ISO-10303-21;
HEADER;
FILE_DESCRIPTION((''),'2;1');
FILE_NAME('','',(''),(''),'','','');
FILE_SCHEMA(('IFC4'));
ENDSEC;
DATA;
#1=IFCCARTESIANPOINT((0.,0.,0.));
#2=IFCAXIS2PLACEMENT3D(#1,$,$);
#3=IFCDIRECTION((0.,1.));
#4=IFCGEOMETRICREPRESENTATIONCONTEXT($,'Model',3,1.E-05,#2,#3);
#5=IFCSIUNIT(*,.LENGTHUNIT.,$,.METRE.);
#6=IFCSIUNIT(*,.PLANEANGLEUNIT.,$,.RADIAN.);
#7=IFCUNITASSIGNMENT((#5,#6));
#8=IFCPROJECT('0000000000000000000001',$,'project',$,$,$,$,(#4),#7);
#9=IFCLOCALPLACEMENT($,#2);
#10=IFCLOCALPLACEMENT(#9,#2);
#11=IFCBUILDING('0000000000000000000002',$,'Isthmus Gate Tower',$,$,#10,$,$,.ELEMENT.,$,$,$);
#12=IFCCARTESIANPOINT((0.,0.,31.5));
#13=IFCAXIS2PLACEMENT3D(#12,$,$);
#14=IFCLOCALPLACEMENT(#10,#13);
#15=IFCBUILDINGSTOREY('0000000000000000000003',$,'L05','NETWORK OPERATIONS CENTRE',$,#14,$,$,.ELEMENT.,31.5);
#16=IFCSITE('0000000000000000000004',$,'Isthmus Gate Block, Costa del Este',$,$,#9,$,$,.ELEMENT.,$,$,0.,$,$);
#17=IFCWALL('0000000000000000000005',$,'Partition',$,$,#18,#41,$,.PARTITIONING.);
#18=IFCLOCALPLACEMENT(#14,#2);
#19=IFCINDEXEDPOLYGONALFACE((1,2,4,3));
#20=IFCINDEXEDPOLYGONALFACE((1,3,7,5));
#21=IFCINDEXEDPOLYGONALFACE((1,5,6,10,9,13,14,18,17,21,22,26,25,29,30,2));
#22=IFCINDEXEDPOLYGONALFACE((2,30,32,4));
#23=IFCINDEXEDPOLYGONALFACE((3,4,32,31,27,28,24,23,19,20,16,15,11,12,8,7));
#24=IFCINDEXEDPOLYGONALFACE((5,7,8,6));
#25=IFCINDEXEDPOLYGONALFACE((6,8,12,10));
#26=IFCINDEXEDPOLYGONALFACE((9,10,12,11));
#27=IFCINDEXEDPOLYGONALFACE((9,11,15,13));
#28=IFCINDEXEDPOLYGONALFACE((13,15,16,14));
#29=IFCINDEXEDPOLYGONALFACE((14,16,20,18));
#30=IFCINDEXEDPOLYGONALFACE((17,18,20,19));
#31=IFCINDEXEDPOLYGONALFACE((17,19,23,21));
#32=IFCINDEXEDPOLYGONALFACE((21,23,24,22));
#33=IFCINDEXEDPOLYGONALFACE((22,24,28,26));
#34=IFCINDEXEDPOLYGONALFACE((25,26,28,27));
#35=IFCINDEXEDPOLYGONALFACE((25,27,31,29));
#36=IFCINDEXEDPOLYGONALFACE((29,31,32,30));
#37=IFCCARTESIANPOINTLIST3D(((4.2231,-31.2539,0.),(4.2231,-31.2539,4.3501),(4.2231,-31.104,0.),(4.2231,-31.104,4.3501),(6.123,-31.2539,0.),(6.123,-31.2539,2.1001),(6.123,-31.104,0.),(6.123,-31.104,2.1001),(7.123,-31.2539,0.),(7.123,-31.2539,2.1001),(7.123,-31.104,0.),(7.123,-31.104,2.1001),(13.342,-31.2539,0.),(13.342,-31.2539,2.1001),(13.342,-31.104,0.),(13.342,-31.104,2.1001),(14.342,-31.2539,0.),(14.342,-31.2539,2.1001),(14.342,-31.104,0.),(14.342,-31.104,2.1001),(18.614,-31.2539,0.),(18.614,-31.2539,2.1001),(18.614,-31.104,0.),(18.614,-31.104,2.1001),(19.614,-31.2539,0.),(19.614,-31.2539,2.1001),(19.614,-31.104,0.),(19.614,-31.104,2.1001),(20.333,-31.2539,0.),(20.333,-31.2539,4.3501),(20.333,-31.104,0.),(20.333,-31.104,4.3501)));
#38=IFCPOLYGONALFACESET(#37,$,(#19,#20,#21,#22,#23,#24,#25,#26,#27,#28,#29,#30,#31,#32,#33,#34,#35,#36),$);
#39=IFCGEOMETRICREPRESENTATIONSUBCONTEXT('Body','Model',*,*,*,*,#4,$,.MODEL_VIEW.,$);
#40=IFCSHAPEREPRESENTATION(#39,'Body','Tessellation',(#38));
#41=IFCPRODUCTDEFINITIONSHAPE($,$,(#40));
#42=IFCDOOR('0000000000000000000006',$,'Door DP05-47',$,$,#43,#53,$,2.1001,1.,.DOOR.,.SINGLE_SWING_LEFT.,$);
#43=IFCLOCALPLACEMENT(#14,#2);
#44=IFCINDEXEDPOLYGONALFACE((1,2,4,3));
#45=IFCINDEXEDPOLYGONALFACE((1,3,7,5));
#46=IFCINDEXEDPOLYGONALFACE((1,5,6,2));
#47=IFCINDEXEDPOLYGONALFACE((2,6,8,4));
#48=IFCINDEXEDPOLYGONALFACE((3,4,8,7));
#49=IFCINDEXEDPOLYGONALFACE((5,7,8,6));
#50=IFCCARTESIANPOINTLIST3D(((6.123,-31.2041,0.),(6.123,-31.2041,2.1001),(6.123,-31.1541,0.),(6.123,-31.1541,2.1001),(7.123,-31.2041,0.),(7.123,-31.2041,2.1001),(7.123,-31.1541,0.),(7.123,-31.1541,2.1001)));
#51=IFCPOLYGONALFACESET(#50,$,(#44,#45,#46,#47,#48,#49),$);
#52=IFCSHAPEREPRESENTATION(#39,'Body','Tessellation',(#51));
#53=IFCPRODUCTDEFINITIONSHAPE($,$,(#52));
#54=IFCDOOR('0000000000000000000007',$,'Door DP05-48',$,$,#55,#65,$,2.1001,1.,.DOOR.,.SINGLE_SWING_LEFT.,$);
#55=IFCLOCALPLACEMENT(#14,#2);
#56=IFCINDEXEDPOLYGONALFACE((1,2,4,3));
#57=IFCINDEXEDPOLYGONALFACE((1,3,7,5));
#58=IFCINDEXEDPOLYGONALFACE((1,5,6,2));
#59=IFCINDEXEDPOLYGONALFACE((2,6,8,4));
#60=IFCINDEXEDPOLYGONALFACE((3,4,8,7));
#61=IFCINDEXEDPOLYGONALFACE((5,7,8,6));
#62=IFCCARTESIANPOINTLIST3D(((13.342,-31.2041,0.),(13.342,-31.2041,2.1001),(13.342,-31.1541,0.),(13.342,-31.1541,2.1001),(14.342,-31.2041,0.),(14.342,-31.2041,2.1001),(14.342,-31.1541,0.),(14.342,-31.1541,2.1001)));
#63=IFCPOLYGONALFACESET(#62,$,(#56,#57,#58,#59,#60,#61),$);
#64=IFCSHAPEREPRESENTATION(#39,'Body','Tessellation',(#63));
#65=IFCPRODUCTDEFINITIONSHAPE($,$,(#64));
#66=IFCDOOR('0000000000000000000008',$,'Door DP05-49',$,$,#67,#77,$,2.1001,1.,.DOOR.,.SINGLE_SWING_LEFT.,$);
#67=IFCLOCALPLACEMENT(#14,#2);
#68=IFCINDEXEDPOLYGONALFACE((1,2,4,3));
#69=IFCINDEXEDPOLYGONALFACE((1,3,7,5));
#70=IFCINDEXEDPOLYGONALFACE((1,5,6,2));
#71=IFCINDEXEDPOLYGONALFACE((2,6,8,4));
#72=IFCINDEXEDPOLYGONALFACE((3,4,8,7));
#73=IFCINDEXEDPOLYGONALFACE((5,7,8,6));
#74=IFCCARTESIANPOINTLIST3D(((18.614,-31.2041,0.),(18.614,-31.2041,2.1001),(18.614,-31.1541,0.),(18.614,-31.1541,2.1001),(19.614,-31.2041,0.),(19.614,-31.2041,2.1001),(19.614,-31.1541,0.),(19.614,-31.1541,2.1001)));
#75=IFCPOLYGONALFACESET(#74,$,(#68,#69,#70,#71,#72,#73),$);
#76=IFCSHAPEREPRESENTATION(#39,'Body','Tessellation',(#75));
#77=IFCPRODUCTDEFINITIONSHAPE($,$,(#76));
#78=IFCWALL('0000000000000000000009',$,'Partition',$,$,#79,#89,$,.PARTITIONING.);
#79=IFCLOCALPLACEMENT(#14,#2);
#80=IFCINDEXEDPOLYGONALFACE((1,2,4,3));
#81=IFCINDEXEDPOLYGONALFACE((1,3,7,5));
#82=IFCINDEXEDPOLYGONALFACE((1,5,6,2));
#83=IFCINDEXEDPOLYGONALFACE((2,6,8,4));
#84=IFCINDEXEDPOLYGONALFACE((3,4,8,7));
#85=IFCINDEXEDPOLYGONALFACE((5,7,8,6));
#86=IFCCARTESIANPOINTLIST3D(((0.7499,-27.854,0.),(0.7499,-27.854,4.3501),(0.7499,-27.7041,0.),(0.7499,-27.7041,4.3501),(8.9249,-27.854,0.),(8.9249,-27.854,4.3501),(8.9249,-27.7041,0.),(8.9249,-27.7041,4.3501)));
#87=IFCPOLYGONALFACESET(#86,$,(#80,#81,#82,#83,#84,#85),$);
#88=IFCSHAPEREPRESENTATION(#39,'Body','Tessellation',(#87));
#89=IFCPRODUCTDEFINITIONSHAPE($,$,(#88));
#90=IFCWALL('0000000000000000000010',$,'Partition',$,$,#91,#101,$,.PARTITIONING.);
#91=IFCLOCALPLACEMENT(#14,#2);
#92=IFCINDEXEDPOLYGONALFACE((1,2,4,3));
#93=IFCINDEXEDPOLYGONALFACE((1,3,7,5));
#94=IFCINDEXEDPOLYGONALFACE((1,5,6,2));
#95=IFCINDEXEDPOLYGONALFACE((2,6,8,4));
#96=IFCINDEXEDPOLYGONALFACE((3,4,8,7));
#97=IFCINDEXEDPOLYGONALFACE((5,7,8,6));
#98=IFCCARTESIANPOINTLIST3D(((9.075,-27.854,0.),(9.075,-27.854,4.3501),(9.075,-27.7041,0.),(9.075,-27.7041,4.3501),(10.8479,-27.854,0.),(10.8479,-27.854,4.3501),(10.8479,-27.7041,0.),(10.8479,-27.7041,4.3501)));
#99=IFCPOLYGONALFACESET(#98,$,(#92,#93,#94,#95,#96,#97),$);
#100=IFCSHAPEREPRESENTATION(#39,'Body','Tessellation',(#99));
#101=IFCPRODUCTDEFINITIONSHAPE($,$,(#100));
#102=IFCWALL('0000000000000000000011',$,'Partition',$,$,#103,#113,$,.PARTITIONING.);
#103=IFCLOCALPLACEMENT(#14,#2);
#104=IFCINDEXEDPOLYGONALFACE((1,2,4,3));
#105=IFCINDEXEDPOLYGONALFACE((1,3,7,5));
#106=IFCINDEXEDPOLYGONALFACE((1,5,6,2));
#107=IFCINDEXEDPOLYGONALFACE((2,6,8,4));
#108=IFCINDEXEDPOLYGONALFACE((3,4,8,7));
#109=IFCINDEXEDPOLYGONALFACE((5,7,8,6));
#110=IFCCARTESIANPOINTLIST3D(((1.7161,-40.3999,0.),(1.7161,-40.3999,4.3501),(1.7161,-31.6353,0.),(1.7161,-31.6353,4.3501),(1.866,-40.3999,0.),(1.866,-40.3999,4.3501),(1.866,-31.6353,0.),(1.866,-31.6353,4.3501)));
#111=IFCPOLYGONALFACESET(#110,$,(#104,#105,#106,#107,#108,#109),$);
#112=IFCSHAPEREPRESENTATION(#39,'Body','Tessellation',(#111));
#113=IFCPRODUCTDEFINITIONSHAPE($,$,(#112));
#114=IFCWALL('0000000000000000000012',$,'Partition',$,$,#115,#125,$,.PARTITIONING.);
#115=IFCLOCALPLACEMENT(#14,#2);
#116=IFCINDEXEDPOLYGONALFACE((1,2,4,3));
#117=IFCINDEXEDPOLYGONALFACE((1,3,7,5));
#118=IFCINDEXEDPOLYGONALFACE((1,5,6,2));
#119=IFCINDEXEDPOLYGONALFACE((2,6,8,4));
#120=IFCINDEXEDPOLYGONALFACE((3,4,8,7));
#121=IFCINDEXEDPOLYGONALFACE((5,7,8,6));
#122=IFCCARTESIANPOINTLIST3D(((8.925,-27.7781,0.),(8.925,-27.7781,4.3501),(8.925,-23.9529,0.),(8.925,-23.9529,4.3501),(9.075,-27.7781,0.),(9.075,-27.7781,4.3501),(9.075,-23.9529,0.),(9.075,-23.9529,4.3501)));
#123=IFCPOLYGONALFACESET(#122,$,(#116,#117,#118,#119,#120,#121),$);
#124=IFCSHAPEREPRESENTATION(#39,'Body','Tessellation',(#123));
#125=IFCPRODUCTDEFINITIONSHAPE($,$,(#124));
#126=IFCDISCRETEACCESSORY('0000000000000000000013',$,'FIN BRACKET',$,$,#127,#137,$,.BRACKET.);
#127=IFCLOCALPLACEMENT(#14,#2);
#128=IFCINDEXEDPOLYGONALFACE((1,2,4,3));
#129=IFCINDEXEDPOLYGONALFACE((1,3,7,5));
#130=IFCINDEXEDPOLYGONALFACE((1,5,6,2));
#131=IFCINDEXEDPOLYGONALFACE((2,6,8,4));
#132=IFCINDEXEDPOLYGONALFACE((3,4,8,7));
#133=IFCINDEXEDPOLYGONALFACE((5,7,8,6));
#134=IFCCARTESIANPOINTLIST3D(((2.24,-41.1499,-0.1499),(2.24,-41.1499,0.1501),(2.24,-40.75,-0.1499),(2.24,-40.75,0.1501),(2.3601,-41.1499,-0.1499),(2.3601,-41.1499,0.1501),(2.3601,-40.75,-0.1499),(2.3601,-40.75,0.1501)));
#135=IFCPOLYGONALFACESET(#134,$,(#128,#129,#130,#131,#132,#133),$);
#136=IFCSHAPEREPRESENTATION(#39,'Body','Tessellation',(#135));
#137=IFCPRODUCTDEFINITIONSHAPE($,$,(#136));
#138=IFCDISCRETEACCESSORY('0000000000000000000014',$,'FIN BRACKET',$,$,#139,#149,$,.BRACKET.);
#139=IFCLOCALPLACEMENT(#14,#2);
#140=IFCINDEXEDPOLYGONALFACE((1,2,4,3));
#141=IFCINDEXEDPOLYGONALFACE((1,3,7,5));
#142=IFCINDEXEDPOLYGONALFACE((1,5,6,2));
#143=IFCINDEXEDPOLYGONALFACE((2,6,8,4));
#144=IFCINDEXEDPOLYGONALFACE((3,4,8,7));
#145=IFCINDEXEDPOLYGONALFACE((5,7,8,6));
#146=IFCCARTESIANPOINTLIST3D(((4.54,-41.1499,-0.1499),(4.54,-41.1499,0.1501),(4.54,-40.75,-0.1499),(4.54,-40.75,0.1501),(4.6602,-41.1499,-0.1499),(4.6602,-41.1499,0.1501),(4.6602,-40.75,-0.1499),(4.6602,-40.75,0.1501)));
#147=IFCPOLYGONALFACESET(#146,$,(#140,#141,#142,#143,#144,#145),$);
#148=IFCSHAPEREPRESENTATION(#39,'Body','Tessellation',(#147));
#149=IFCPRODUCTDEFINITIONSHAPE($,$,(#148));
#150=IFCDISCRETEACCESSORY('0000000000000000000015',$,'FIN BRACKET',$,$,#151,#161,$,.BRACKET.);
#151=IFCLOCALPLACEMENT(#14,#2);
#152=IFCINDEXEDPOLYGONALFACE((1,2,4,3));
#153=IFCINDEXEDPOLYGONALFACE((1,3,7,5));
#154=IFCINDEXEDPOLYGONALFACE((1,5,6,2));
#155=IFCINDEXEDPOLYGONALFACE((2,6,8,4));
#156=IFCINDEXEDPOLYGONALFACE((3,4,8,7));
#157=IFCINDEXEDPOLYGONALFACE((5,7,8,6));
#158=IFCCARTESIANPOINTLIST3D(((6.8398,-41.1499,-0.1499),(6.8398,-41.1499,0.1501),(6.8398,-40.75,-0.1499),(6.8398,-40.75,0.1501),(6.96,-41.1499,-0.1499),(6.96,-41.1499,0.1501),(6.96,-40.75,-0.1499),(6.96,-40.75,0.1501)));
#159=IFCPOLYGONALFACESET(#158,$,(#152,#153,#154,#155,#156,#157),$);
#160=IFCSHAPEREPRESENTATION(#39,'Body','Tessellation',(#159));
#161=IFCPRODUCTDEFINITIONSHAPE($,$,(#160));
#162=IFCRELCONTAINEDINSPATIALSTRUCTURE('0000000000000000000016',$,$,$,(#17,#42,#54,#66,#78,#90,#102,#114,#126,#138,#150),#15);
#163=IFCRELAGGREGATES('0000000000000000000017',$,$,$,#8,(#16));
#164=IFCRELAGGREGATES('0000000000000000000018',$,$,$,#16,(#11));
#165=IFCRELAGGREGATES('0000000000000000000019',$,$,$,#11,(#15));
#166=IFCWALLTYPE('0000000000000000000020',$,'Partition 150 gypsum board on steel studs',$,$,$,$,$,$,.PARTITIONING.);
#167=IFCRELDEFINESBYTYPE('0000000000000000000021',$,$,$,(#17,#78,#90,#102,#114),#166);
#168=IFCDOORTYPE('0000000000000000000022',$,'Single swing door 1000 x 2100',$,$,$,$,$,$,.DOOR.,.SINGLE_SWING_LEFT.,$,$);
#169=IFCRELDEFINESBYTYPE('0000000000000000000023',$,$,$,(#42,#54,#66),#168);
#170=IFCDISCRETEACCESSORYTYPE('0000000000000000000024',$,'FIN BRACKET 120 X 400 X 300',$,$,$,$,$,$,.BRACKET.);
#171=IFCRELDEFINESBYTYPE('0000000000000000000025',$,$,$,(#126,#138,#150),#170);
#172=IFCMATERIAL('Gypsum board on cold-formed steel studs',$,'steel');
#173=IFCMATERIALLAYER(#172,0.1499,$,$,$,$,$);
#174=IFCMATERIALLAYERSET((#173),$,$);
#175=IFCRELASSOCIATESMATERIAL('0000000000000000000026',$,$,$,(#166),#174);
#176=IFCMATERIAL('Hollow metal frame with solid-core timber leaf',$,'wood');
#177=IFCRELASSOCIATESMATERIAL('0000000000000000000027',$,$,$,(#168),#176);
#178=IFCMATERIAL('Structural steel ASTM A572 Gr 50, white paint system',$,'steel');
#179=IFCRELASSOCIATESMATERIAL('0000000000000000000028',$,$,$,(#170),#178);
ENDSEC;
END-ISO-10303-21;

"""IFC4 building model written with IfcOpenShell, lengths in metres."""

from ifc_helpers import new_model, si_unit, direction, frame, frame_2d, origin, origin_2d, place, context, subcontext, project, spatial, rectangle, extrude, material, layer, layer_set, type_object, element, fill, save


model = new_model("IFC4")

# Units and contexts
model_context = context("Model", 3, precision=1e-05, world=origin(), true_north=direction((0.0, 1.0)))
body_context = subcontext(model_context, "Body", "Model", "MODEL_VIEW")
ifc_project = project(units=[si_unit("LENGTHUNIT", "METRE"), si_unit("PLANEANGLEUNIT", "RADIAN")], contexts=[model_context])

# Site, building, storey
site_placement = place(None, origin())
site = spatial("IfcSite", under=ifc_project, at=site_placement, Name="Isthmus Gate Block, Costa del Este", CompositionType="ELEMENT", RefElevation=0.0)
building_placement = place(site_placement, origin())
building = spatial("IfcBuilding", under=site, at=building_placement, Name="Isthmus Gate Tower", CompositionType="ELEMENT")
storey_placement = place(building_placement, frame((0.0, 0.0, 31.5)))
storey = spatial("IfcBuildingStorey", under=building, at=storey_placement, Name="L05", Description="NETWORK OPERATIONS CENTRE", CompositionType="ELEMENT", Elevation=31.5)

# Shared definitions
ifc_material_1 = material(Name="Gypsum board on cold-formed steel studs", Category="steel")
ifc_layer_1 = layer(ifc_material_1, 0.1499)
ifc_layer_set_1 = layer_set([ifc_layer_1])
wall_type_1 = type_object("IfcWallType", Name="Partition 150 gypsum board on steel studs", PredefinedType="PARTITIONING", material=ifc_layer_set_1)

# Wall, openings, doors
wall_1_placement = place(storey_placement, frame((4.2231, -31.179, 0.0), z_axis=(0.0, 0.0, 1.0), x_axis=(1.0, 0.0, 0.0)))
wall_1 = element("IfcWall", 1, at=wall_1_placement, inside=storey, type_object=wall_type_1, Name="Partition", PredefinedType="PARTITIONING", context=body_context, shape_type="SweptSolid", body=[
    extrude(rectangle(XDim=16.1099, YDim=0.1499, at=frame_2d((8.0549, 0.0))), origin(), (0.0, 0.0, 1.0), 4.3501),
])
opening_1_placement = place(wall_1_placement, frame((1.8999, 0.0, 0.0)))
opening_1 = element("IfcOpeningElement", 2, at=opening_1_placement, cuts=wall_1, PredefinedType="OPENING", context=body_context, shape_type="SweptSolid", body=[
    extrude(rectangle(XDim=1.0, YDim=2.1001, at=frame_2d((0.5, 1.05))), frame((0.0, 0.085, 0.0), z_axis=(0.0, -1.0, 0.0), x_axis=(1.0, 0.0, 0.0)), (0.0, 0.0, 1.0), 0.1699),
])
opening_2_placement = place(wall_1_placement, frame((9.1189, 0.0, 0.0)))
opening_2 = element("IfcOpeningElement", 3, at=opening_2_placement, cuts=wall_1, PredefinedType="OPENING", context=body_context, shape_type="SweptSolid", body=[
    extrude(rectangle(XDim=1.0, YDim=2.1001, at=frame_2d((0.5, 1.05))), frame((0.0, 0.085, 0.0), z_axis=(0.0, -1.0, 0.0), x_axis=(1.0, 0.0, 0.0)), (0.0, 0.0, 1.0), 0.1699),
])
opening_3_placement = place(wall_1_placement, frame((14.3909, 0.0, 0.0)))
opening_3 = element("IfcOpeningElement", 4, at=opening_3_placement, cuts=wall_1, PredefinedType="OPENING", context=body_context, shape_type="SweptSolid", body=[
    extrude(rectangle(XDim=1.0, YDim=2.1001, at=frame_2d((0.5, 1.05))), frame((0.0, 0.085, 0.0), z_axis=(0.0, -1.0, 0.0), x_axis=(1.0, 0.0, 0.0)), (0.0, 0.0, 1.0), 0.1699),
])
ifc_material_2 = material(Name="Hollow metal frame with solid-core timber leaf", Category="wood")
door_type = type_object("IfcDoorType", Name="Single swing door 1000 x 2100", OperationType="SINGLE_SWING_LEFT", PredefinedType="DOOR", material=ifc_material_2)
door_1_placement = place(opening_1_placement, origin())
door_1 = element("IfcDoor", 5, at=door_1_placement, inside=storey, type_object=door_type, Name="Door DP05-47", OperationType="SINGLE_SWING_LEFT", OverallHeight=2.1001, OverallWidth=1.0, PredefinedType="DOOR", context=body_context, shape_type="SweptSolid", body=[
    extrude(rectangle(XDim=1.0, YDim=2.1001, at=frame_2d((0.5, 1.05))), frame((0.0, 0.0249, 0.0), z_axis=(0.0, -1.0, 0.0), x_axis=(1.0, 0.0, 0.0)), (0.0, 0.0, 1.0), 0.05),
])
fill(opening_1, door_1)
door_2_placement = place(opening_2_placement, origin())
door_2 = element("IfcDoor", 6, at=door_2_placement, inside=storey, type_object=door_type, Name="Door DP05-48", OperationType="SINGLE_SWING_LEFT", OverallHeight=2.1001, OverallWidth=1.0, PredefinedType="DOOR", context=body_context, shape_type="SweptSolid", body=[
    extrude(rectangle(XDim=1.0, YDim=2.1001, at=frame_2d((0.5, 1.05))), frame((0.0, 0.0249, 0.0), z_axis=(0.0, -1.0, 0.0), x_axis=(1.0, 0.0, 0.0)), (0.0, 0.0, 1.0), 0.05),
])
fill(opening_2, door_2)
door_3_placement = place(opening_3_placement, origin())
door_3 = element("IfcDoor", 7, at=door_3_placement, inside=storey, type_object=door_type, Name="Door DP05-49", OperationType="SINGLE_SWING_LEFT", OverallHeight=2.1001, OverallWidth=1.0, PredefinedType="DOOR", context=body_context, shape_type="SweptSolid", body=[
    extrude(rectangle(XDim=1.0, YDim=2.1001, at=frame_2d((0.5, 1.05))), frame((0.0, 0.0249, 0.0), z_axis=(0.0, -1.0, 0.0), x_axis=(1.0, 0.0, 0.0)), (0.0, 0.0, 1.0), 0.05),
])
fill(opening_3, door_3)

# Walls
wall_2_placement = place(storey_placement, frame((0.75, -27.7791, 0.0), z_axis=(0.0, 0.0, 1.0), x_axis=(1.0, 0.0, 0.0)))
element("IfcWall", 8, at=wall_2_placement, inside=storey, type_object=wall_type_1, Name="Partition", PredefinedType="PARTITIONING", context=body_context, shape_type="SweptSolid", body=[
    extrude(rectangle(XDim=8.175, YDim=0.1499, at=frame_2d((4.0874, 0.0))), origin(), (0.0, 0.0, 1.0), 4.3501),
])
wall_3_placement = place(storey_placement, frame((9.075, -27.7791, 0.0), z_axis=(0.0, 0.0, 1.0), x_axis=(1.0, 0.0, 0.0)))
element("IfcWall", 9, at=wall_3_placement, inside=storey, type_object=wall_type_1, Name="Partition", PredefinedType="PARTITIONING", context=body_context, shape_type="SweptSolid", body=[
    extrude(rectangle(XDim=1.7729, YDim=0.1499, at=frame_2d((0.8865, 0.0))), origin(), (0.0, 0.0, 1.0), 4.3501),
])
wall_4_placement = place(storey_placement, frame((1.791, -40.3999, 0.0), z_axis=(0.0, 0.0, 1.0), x_axis=(0.0, 1.0, 0.0)))
element("IfcWall", 10, at=wall_4_placement, inside=storey, type_object=wall_type_1, Name="Partition", PredefinedType="PARTITIONING", context=body_context, shape_type="SweptSolid", body=[
    extrude(rectangle(XDim=8.7646, YDim=0.1499, at=frame_2d((4.3823, 0.0))), origin(), (0.0, 0.0, 1.0), 4.3501),
])
wall_5_placement = place(storey_placement, frame((9.0, -27.7781, 0.0), z_axis=(0.0, 0.0, 1.0), x_axis=(0.0, 1.0, 0.0)))
element("IfcWall", 11, at=wall_5_placement, inside=storey, type_object=wall_type_1, Name="Partition", PredefinedType="PARTITIONING", context=body_context, shape_type="SweptSolid", body=[
    extrude(rectangle(XDim=3.8252, YDim=0.1499, at=frame_2d((1.9126, 0.0))), origin(), (0.0, 0.0, 1.0), 4.3501),
])

# Discrete accessories
ifc_material_3 = material(Name="Structural steel ASTM A572 Gr 50, white paint system", Category="steel")
discrete_accessory_type = type_object("IfcDiscreteAccessoryType", Name="FIN BRACKET 120 X 400 X 300", PredefinedType="BRACKET", material=ifc_material_3)
for number, where, z_axis, x_axis, name in (
    (12, (2.3, -40.95, -0.1499), (0.0, 0.0, 1.0), (0.0, -1.0, 0.0), "FIN BRACKET"),
    (13, (4.6001, -40.95, -0.1499), (0.0, 0.0, 1.0), (0.0, -1.0, 0.0), "FIN BRACKET"),
    (14, (6.8999, -40.95, -0.1499), (0.0, 0.0, 1.0), (0.0, -1.0, 0.0), "FIN BRACKET"),
):
    element("IfcDiscreteAccessory", number, at=place(storey_placement, frame(where, z_axis=z_axis, x_axis=x_axis)), inside=storey, type_object=discrete_accessory_type, Name=name, PredefinedType="BRACKET", context=body_context, shape_type="SweptSolid", body=[
        extrude(rectangle(XDim=0.3999, YDim=0.1201, at=origin_2d()), origin(), (0.0, 0.0, 1.0), 0.3),
    ])

save(model, "model.ifc")
